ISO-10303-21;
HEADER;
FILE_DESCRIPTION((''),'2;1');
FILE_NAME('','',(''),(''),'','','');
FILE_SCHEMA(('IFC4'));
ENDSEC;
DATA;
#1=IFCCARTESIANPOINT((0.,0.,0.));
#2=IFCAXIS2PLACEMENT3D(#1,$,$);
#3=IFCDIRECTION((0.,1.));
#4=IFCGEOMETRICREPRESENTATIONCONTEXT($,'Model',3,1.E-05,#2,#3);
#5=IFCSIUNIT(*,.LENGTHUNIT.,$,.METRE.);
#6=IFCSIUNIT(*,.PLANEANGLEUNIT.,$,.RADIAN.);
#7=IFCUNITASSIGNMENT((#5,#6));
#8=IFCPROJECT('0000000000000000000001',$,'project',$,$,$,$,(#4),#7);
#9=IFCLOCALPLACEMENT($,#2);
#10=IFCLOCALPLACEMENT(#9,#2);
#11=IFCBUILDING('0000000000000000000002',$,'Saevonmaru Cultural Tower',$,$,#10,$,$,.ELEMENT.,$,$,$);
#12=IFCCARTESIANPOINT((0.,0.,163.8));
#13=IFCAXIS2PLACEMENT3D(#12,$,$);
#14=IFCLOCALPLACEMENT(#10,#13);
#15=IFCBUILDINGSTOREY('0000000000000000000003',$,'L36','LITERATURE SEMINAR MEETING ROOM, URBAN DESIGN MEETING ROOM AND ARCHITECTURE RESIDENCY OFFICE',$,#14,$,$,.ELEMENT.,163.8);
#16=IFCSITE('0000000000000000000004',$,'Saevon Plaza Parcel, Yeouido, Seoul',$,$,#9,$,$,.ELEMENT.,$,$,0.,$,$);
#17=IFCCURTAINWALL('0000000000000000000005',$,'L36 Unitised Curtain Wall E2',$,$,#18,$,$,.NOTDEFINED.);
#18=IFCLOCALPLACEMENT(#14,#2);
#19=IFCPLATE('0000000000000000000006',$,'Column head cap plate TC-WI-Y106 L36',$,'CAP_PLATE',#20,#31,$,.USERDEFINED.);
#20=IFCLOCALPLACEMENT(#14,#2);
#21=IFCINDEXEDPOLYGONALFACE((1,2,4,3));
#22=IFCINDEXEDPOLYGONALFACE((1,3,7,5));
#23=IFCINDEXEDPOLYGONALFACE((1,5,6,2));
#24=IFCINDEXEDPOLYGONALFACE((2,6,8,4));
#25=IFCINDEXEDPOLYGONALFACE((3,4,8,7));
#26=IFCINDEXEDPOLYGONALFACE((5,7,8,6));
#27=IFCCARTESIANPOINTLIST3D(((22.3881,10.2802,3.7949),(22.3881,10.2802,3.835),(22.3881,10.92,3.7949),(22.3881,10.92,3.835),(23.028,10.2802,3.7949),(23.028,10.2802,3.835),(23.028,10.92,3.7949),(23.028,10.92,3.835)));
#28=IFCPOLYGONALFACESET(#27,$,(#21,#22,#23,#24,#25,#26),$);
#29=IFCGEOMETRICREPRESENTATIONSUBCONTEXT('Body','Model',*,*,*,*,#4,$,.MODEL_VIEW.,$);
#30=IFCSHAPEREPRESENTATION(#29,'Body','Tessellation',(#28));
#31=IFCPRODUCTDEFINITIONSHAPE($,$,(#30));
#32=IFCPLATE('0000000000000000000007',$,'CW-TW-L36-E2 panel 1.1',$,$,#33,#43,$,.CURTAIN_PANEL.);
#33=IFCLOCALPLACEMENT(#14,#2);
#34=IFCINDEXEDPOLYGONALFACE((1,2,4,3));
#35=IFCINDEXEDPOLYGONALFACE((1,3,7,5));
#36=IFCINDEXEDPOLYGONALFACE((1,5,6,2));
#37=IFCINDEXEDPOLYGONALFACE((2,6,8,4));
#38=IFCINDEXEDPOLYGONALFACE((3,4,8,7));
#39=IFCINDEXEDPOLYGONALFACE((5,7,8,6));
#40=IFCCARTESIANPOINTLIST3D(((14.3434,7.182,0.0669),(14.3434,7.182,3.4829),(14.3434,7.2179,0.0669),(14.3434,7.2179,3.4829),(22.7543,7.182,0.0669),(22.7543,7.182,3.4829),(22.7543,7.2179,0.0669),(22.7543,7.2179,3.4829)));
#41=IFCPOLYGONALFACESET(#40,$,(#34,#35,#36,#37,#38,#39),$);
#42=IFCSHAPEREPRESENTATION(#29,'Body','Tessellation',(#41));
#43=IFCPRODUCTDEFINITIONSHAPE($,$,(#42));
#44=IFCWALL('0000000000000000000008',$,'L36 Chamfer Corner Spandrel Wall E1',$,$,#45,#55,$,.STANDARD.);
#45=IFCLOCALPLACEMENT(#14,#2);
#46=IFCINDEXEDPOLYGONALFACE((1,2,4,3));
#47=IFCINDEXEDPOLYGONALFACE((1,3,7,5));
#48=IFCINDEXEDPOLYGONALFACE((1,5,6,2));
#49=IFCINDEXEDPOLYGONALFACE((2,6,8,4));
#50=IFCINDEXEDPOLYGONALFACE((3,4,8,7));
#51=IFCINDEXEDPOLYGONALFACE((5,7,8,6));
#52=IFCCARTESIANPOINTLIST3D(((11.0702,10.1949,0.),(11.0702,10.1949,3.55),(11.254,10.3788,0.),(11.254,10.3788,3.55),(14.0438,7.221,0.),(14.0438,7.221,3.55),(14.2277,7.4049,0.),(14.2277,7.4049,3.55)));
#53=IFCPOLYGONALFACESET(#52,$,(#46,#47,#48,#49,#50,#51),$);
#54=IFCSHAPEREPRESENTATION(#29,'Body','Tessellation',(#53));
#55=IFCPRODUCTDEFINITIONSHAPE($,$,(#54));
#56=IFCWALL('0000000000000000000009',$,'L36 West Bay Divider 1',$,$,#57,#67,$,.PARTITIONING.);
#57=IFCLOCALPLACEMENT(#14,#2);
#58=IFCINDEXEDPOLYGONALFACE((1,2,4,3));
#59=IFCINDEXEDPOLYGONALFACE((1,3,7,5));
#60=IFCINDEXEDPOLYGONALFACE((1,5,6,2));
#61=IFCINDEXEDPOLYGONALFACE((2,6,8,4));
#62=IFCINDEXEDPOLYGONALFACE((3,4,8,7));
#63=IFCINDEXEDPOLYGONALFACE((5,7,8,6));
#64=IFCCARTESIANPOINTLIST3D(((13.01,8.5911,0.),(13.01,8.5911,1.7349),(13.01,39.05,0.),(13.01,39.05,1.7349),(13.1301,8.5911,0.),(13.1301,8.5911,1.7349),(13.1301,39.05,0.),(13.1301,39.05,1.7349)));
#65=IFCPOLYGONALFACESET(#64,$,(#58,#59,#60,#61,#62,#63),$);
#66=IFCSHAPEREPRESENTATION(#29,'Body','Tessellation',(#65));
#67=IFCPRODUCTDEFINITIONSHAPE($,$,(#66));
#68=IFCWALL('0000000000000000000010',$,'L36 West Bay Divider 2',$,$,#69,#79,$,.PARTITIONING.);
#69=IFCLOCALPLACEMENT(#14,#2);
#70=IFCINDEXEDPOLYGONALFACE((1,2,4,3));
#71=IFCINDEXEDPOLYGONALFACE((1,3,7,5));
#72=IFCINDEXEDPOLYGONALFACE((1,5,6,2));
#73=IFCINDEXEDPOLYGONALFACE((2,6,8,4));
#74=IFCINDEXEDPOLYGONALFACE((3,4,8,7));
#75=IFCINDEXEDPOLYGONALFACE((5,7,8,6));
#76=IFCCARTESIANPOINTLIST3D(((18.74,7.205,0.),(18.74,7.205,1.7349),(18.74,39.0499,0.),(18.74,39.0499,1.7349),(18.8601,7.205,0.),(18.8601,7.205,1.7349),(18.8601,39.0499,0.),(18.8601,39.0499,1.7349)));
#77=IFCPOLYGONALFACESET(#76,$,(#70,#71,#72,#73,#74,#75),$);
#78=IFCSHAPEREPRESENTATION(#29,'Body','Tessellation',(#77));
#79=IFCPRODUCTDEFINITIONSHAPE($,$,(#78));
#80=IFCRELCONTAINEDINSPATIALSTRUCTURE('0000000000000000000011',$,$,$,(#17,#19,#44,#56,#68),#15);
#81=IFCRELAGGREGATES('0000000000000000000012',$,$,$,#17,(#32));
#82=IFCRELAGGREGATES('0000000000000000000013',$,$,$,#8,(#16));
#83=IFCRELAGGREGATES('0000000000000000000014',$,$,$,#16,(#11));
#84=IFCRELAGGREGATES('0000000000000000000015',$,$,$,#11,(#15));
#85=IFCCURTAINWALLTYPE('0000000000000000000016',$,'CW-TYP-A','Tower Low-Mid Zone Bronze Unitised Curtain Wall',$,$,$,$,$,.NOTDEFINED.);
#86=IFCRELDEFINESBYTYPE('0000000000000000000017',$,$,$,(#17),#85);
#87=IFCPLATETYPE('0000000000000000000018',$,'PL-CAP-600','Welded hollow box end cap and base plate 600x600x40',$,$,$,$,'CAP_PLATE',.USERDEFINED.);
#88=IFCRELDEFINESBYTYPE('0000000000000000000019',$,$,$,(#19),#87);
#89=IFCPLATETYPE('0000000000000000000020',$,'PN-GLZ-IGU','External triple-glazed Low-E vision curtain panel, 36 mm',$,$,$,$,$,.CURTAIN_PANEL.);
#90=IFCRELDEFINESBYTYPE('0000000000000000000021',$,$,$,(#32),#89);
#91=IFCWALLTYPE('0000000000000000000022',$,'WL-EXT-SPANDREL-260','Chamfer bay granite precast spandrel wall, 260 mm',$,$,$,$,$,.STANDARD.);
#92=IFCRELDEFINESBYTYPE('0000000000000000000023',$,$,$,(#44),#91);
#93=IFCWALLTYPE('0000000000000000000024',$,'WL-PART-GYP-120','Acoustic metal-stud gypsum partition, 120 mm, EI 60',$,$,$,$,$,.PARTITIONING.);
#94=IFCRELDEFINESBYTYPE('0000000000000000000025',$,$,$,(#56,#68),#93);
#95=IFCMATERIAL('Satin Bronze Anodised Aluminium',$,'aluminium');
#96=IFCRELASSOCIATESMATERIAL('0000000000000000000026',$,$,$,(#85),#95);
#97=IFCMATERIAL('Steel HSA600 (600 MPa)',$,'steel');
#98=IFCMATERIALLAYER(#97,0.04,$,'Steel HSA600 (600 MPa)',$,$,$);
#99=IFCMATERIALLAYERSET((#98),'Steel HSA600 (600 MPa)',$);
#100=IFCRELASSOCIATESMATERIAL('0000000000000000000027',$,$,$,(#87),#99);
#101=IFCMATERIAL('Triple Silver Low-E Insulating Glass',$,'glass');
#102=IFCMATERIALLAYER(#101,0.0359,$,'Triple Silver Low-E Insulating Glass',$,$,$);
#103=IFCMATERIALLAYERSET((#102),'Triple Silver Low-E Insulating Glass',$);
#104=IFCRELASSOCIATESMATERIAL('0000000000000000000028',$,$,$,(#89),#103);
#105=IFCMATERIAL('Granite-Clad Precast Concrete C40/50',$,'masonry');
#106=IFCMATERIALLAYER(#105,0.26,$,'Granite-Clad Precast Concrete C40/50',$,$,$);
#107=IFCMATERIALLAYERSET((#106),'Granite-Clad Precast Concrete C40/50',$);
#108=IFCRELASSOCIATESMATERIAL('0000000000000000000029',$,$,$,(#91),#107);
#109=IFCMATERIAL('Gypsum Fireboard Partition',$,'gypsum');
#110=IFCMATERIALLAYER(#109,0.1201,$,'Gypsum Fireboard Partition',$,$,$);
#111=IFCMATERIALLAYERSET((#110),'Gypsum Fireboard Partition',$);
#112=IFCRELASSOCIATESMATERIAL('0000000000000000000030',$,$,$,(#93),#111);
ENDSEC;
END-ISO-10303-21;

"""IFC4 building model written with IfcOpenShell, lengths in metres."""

from ifc_helpers import new_model, si_unit, direction, frame, frame_2d, origin, origin_2d, place, context, subcontext, project, spatial, rectangle, extrude, material, layer, layer_set, type_object, element, aggregate, save


model = new_model("IFC4")

# Units and contexts
model_context = context("Model", 3, precision=1e-05, world=origin(), true_north=direction((0.0, 1.0)))
body_context = subcontext(model_context, "Body", "Model", "MODEL_VIEW")
ifc_project = project(units=[si_unit("LENGTHUNIT", "METRE"), si_unit("PLANEANGLEUNIT", "RADIAN")], contexts=[model_context])

# Site, building, storey
site_placement = place(None, origin())
site = spatial("IfcSite", under=ifc_project, at=site_placement, Name="Saevon Plaza Parcel, Yeouido, Seoul", CompositionType="ELEMENT", RefElevation=0.0)
building_placement = place(site_placement, origin())
building = spatial("IfcBuilding", under=site, at=building_placement, Name="Saevonmaru Cultural Tower", CompositionType="ELEMENT")
storey_placement = place(building_placement, frame((0.0, 0.0, 163.8)))
storey = spatial("IfcBuildingStorey", under=building, at=storey_placement, Name="L36", Description="LITERATURE SEMINAR MEETING ROOM, URBAN DESIGN MEETING ROOM AND ARCHITECTURE RESIDENCY OFFICE", CompositionType="ELEMENT", Elevation=163.8)

# Shared definitions
ifc_material_1 = material(Name="Steel HSA600 (600 MPa)", Category="steel")

# Curtain wall
ifc_material_2 = material(Name="Satin Bronze Anodised Aluminium", Category="aluminium")
curtain_wall_type = type_object("IfcCurtainWallType", Name="CW-TYP-A", Description="Tower Low-Mid Zone Bronze Unitised Curtain Wall", PredefinedType="NOTDEFINED", material=ifc_material_2)
curtain_wall_1_placement = place(storey_placement, origin())
curtain_wall_1 = element("IfcCurtainWall", 1, at=curtain_wall_1_placement, inside=storey, type_object=curtain_wall_type, Name="L36 Unitised Curtain Wall E2", PredefinedType="NOTDEFINED")

# Plate
ifc_layer_1 = layer(ifc_material_1, 0.04, Name="Steel HSA600 (600 MPa)")
ifc_layer_set_1 = layer_set([ifc_layer_1], Name="Steel HSA600 (600 MPa)")
plate_type_1 = type_object("IfcPlateType", Name="PL-CAP-600", Description="Welded hollow box end cap and base plate 600x600x40", ElementType="CAP_PLATE", PredefinedType="USERDEFINED", material=ifc_layer_set_1)
plate_1_placement = place(storey_placement, frame((22.708, 10.6001, 3.7949), z_axis=(0.0, 0.0, 1.0), x_axis=(1.0, 0.0, 0.0)))
element("IfcPlate", 2, at=plate_1_placement, inside=storey, type_object=plate_type_1, Name="Column head cap plate TC-WI-Y106 L36", ObjectType="CAP_PLATE", PredefinedType="USERDEFINED", context=body_context, shape_type="SweptSolid", body=[
    extrude(rectangle(XDim=0.6399, YDim=0.6399, at=origin_2d()), origin(), (0.0, 0.0, 1.0), 0.04),
])

# Plate
ifc_material_3 = material(Name="Triple Silver Low-E Insulating Glass", Category="glass")
ifc_layer_2 = layer(ifc_material_3, 0.0359, Name="Triple Silver Low-E Insulating Glass")
ifc_layer_set_2 = layer_set([ifc_layer_2], Name="Triple Silver Low-E Insulating Glass")
plate_type_2 = type_object("IfcPlateType", Name="PN-GLZ-IGU", Description="External triple-glazed Low-E vision curtain panel, 36 mm", PredefinedType="CURTAIN_PANEL", material=ifc_layer_set_2)
plate_2_placement = place(storey_placement, frame((18.5488, 7.2, 0.0669), z_axis=(0.0, 0.0, 1.0), x_axis=(1.0, 0.0, 0.0)))
plate_2 = element("IfcPlate", 3, at=plate_2_placement, type_object=plate_type_2, Name="CW-TW-L36-E2 panel 1.1", PredefinedType="CURTAIN_PANEL", context=body_context, shape_type="SweptSolid", body=[
    extrude(rectangle(XDim=8.4109, YDim=0.0359, at=origin_2d()), origin(), (0.0, 0.0, 1.0), 3.416),
])
aggregate(curtain_wall_1, [plate_2])

# Walls
ifc_material_4 = material(Name="Granite-Clad Precast Concrete C40/50", Category="masonry")
ifc_layer_3 = layer(ifc_material_4, 0.26, Name="Granite-Clad Precast Concrete C40/50")
ifc_layer_set_3 = layer_set([ifc_layer_3], Name="Granite-Clad Precast Concrete C40/50")
wall_type_1 = type_object("IfcWallType", Name="WL-EXT-SPANDREL-260", Description="Chamfer bay granite precast spandrel wall, 260 mm", PredefinedType="STANDARD", material=ifc_layer_set_3)
wall_1_placement = place(storey_placement, frame((11.1621, 10.2869, 0.0), z_axis=(0.0, 0.0, 1.0), x_axis=(0.707078, -0.707136, 0.0)))
element("IfcWall", 4, at=wall_1_placement, inside=storey, type_object=wall_type_1, Name="L36 Chamfer Corner Spandrel Wall E1", PredefinedType="STANDARD", context=body_context, shape_type="SweptSolid", body=[
    extrude(rectangle(XDim=4.2056, YDim=0.26, at=frame_2d((2.1028, 0.0))), origin(), (0.0, 0.0, 1.0), 3.55),
])
ifc_material_5 = material(Name="Gypsum Fireboard Partition", Category="gypsum")
ifc_layer_4 = layer(ifc_material_5, 0.1201, Name="Gypsum Fireboard Partition")
ifc_layer_set_4 = layer_set([ifc_layer_4], Name="Gypsum Fireboard Partition")
wall_type_2 = type_object("IfcWallType", Name="WL-PART-GYP-120", Description="Acoustic metal-stud gypsum partition, 120 mm, EI 60", PredefinedType="PARTITIONING", material=ifc_layer_set_4)
wall_2_placement = place(storey_placement, frame((13.0701, 8.5911, 0.0), z_axis=(0.0, 0.0, 1.0), x_axis=(0.0, 1.0, 0.0)))
element("IfcWall", 5, at=wall_2_placement, inside=storey, type_object=wall_type_2, Name="L36 West Bay Divider 1", PredefinedType="PARTITIONING", context=body_context, shape_type="SweptSolid", body=[
    extrude(rectangle(XDim=30.459, YDim=0.1201, at=frame_2d((15.2295, 0.0))), origin(), (0.0, 0.0, 1.0), 1.7349),
])
wall_3_placement = place(storey_placement, frame((18.8, 7.2051, 0.0), z_axis=(0.0, 0.0, 1.0), x_axis=(0.0, 1.0, 0.0)))
element("IfcWall", 6, at=wall_3_placement, inside=storey, type_object=wall_type_2, Name="L36 West Bay Divider 2", PredefinedType="PARTITIONING", context=body_context, shape_type="SweptSolid", body=[
    extrude(rectangle(XDim=31.845, YDim=0.1201, at=frame_2d((15.9224, 0.0))), origin(), (0.0, 0.0, 1.0), 1.7349),
])

save(model, "model.ifc")
